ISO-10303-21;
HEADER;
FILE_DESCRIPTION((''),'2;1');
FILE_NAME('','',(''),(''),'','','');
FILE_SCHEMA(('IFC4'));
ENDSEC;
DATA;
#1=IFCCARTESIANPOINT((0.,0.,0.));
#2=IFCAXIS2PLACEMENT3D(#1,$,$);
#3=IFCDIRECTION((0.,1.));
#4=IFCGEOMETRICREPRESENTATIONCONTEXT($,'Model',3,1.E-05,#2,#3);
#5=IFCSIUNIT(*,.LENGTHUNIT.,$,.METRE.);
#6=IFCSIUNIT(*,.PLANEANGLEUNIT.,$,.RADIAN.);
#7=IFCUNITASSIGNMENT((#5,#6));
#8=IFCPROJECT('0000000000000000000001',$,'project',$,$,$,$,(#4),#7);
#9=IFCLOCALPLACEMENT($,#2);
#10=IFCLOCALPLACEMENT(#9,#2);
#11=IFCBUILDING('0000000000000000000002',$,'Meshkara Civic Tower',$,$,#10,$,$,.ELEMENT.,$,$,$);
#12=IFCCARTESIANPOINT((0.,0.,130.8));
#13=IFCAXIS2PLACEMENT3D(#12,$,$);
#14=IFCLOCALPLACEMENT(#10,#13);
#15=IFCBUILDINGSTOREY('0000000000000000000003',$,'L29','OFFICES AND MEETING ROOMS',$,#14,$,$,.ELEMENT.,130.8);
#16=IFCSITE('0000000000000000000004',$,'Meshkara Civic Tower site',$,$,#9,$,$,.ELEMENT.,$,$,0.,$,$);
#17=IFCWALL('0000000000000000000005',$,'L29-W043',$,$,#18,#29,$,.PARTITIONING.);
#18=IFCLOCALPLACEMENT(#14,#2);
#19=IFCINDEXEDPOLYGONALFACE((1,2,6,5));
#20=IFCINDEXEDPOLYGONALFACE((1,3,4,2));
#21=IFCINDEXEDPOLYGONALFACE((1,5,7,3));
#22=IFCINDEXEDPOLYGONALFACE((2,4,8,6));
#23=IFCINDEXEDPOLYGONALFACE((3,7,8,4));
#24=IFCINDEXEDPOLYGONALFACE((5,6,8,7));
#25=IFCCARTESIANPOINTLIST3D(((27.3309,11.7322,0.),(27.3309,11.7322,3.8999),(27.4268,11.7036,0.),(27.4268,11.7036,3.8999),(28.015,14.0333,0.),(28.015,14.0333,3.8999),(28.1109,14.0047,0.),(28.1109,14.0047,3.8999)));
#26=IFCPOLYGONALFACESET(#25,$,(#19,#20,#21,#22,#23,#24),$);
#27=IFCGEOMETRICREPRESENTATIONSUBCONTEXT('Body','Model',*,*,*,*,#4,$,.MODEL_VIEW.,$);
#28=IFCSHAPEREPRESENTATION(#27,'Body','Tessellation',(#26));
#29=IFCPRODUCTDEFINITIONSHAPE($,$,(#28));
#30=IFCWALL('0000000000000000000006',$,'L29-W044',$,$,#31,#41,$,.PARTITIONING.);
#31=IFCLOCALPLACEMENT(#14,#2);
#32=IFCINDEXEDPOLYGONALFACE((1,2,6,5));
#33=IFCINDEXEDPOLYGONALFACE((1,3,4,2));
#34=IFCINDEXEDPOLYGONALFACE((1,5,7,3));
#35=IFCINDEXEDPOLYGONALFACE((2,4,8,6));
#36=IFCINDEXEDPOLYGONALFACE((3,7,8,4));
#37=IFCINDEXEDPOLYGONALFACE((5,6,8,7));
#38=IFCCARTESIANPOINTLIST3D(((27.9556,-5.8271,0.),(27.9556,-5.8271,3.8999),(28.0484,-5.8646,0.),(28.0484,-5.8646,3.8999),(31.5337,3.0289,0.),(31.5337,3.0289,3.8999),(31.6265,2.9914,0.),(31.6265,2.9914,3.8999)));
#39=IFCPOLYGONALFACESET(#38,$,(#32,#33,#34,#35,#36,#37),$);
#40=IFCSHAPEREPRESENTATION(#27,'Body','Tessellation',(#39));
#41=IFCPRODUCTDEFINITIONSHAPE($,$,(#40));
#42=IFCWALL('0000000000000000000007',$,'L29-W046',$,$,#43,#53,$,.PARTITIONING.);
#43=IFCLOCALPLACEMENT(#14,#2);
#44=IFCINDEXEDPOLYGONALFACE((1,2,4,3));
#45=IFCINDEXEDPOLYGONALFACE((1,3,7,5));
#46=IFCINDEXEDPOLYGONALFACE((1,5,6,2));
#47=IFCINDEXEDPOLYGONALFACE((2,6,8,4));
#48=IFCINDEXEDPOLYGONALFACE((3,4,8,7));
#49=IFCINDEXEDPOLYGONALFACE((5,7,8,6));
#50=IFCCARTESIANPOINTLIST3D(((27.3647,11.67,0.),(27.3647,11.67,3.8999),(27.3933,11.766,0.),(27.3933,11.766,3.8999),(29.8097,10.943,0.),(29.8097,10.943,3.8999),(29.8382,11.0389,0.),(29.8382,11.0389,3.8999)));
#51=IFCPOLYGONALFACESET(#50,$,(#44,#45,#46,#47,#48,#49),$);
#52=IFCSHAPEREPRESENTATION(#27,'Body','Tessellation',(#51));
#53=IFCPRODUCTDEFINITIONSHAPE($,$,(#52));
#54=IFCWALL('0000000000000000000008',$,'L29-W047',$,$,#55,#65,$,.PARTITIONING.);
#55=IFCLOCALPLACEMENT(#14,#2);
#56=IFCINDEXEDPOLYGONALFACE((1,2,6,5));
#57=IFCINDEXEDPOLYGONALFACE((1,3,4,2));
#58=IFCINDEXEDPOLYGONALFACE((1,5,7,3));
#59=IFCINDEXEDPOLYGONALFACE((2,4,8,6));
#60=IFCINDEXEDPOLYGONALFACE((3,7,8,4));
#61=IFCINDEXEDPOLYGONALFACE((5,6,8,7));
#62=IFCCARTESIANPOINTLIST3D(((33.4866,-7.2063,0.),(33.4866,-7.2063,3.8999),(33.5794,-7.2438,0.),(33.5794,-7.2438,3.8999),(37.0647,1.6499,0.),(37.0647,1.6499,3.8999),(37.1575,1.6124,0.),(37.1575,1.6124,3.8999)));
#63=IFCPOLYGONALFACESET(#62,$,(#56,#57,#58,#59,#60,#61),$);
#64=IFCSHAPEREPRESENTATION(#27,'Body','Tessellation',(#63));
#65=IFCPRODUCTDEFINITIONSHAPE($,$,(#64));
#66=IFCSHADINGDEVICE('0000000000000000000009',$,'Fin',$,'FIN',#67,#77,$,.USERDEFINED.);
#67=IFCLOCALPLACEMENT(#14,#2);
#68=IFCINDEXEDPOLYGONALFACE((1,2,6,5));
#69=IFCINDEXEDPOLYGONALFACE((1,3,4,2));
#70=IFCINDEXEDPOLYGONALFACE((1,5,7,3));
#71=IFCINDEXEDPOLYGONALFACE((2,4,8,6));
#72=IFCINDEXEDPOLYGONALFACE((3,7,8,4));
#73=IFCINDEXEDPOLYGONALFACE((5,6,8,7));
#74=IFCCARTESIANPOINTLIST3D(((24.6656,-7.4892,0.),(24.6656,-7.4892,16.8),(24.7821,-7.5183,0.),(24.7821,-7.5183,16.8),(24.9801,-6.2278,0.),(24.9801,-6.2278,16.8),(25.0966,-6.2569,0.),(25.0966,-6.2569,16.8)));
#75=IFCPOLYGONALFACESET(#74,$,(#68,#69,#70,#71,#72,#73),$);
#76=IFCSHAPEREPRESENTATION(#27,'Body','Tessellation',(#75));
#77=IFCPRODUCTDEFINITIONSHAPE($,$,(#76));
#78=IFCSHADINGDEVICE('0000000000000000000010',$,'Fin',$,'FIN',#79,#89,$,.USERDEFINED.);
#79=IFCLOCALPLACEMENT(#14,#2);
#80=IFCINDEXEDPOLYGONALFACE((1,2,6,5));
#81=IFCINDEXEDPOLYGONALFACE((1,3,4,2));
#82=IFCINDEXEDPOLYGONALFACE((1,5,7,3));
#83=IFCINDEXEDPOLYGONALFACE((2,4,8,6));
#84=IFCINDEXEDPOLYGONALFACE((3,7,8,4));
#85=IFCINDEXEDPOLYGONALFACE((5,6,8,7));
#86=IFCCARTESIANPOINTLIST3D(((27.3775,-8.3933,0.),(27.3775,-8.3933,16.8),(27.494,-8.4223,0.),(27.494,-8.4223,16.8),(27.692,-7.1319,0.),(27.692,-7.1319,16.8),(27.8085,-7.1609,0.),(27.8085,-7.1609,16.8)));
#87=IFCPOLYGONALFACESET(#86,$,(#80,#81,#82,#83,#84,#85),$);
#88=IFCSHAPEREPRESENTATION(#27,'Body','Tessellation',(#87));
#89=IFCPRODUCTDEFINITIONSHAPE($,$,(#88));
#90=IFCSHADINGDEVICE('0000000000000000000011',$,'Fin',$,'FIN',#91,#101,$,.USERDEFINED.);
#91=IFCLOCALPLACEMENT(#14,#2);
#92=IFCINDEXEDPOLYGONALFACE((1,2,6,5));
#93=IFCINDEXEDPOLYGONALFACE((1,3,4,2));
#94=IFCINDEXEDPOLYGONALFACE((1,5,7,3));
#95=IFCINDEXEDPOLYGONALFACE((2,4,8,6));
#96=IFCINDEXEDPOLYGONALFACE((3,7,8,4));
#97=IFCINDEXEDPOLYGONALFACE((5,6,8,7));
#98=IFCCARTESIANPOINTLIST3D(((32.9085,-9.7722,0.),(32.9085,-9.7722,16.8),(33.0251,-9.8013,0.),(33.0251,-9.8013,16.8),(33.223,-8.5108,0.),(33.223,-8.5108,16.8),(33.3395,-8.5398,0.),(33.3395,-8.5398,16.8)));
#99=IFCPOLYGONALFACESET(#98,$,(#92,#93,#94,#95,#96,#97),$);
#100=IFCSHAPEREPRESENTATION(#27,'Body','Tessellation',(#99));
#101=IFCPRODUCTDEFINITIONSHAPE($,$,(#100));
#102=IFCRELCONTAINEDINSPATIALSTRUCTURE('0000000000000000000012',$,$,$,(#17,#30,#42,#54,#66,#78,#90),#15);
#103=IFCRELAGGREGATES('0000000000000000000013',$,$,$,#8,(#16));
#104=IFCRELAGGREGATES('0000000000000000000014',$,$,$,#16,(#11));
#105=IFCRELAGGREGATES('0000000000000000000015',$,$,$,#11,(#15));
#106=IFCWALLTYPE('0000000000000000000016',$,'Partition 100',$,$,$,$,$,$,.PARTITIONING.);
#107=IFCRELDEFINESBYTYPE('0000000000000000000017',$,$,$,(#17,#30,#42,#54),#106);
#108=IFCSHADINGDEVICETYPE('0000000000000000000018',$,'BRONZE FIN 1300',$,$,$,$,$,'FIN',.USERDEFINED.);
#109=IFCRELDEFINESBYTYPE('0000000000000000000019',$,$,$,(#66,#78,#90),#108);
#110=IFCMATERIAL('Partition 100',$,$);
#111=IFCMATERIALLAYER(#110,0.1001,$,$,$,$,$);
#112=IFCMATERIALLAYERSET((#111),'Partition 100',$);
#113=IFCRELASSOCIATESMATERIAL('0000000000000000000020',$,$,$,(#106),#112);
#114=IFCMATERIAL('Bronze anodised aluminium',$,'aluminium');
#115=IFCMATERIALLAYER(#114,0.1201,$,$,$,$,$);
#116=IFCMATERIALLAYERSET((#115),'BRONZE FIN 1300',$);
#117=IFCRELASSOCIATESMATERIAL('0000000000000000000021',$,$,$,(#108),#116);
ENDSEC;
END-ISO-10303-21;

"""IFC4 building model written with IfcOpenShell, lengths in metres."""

from ifc_helpers import new_model, si_unit, direction, frame, frame_2d, origin, origin_2d, place, context, subcontext, project, spatial, rectangle, extrude, material, layer, layer_set, type_object, element, save


model = new_model("IFC4")

# Units and contexts
model_context = context("Model", 3, precision=1e-05, world=origin(), true_north=direction((0.0, 1.0)))
body_context = subcontext(model_context, "Body", "Model", "MODEL_VIEW")
ifc_project = project(units=[si_unit("LENGTHUNIT", "METRE"), si_unit("PLANEANGLEUNIT", "RADIAN")], contexts=[model_context])

# Site, building, storey
site_placement = place(None, origin())
site = spatial("IfcSite", under=ifc_project, at=site_placement, Name="Meshkara Civic Tower site", CompositionType="ELEMENT", RefElevation=0.0)
building_placement = place(site_placement, origin())
building = spatial("IfcBuilding", under=site, at=building_placement, Name="Meshkara Civic Tower", CompositionType="ELEMENT")
storey_placement = place(building_placement, frame((0.0, 0.0, 130.8)))
storey = spatial("IfcBuildingStorey", under=building, at=storey_placement, Name="L29", Description="OFFICES AND MEETING ROOMS", CompositionType="ELEMENT", Elevation=130.8)

# Walls
ifc_material_1 = material(Name="Partition 100")
ifc_layer_1 = layer(ifc_material_1, 0.1001)
ifc_layer_set_1 = layer_set([ifc_layer_1], Name="Partition 100")
wall_type_1 = type_object("IfcWallType", Name="Partition 100", PredefinedType="PARTITIONING", material=ifc_layer_set_1)
wall_1_placement = place(storey_placement, frame((27.3789, 11.718, 0.0), z_axis=(0.0, 0.0, 1.0), x_axis=(0.284968, 0.958537, 0.0)))
element("IfcWall", 1, at=wall_1_placement, inside=storey, type_object=wall_type_1, Name="L29-W043", PredefinedType="PARTITIONING", context=body_context, shape_type="SweptSolid", body=[
    extrude(rectangle(XDim=2.4006, YDim=0.1001, at=frame_2d((1.2002, 0.0))), origin(), (0.0, 0.0, 1.0), 3.8999),
])
wall_2_placement = place(storey_placement, frame((28.002, -5.8459, 0.0), z_axis=(0.0, 0.0, 1.0), x_axis=(0.374614, 0.927181, 0.0)))
element("IfcWall", 2, at=wall_2_placement, inside=storey, type_object=wall_type_1, Name="L29-W044", PredefinedType="PARTITIONING", context=body_context, shape_type="SweptSolid", body=[
    extrude(rectangle(XDim=9.5515, YDim=0.1001, at=frame_2d((4.7759, 0.0))), origin(), (0.0, 0.0, 1.0), 3.8999),
])
wall_3_placement = place(storey_placement, frame((29.824, 10.991, 0.0), z_axis=(0.0, 0.0, 1.0), x_axis=(-0.958522, 0.28502, 0.0)))
element("IfcWall", 3, at=wall_3_placement, inside=storey, type_object=wall_type_1, Name="L29-W046", PredefinedType="PARTITIONING", context=body_context, shape_type="SweptSolid", body=[
    extrude(rectangle(XDim=2.5508, YDim=0.1001, at=frame_2d((1.2754, 0.0))), origin(), (0.0, 0.0, 1.0), 3.8999),
])
wall_4_placement = place(storey_placement, frame((33.533, -7.2251, 0.0), z_axis=(0.0, 0.0, 1.0), x_axis=(0.374605, 0.927184, 0.0)))
element("IfcWall", 4, at=wall_4_placement, inside=storey, type_object=wall_type_1, Name="L29-W047", PredefinedType="PARTITIONING", context=body_context, shape_type="SweptSolid", body=[
    extrude(rectangle(XDim=9.5518, YDim=0.1001, at=frame_2d((4.7759, 0.0))), origin(), (0.0, 0.0, 1.0), 3.8999),
])

# Shading devices
ifc_material_2 = material(Name="Bronze anodised aluminium", Category="aluminium")
ifc_layer_2 = layer(ifc_material_2, 0.1201)
ifc_layer_set_2 = layer_set([ifc_layer_2], Name="BRONZE FIN 1300")
shading_device_type = type_object("IfcShadingDeviceType", Name="BRONZE FIN 1300", ElementType="FIN", PredefinedType="USERDEFINED", material=ifc_layer_set_2)
for number, where, z_axis, x_axis, name in (
    (5, (24.8811, -6.873, 0.0), (0.0, 0.0, 1.0), (0.9703, -0.241905, 0.0), "Fin"),
    (6, (27.593, -7.7771, 0.0), (0.0, 0.0, 1.0), (0.9703, -0.241905, 0.0), "Fin"),
    (7, (33.124, -9.156, 0.0), (0.0, 0.0, 1.0), (0.9703, -0.241905, 0.0), "Fin"),
):
    element("IfcShadingDevice", number, at=place(storey_placement, frame(where, z_axis=z_axis, x_axis=x_axis)), inside=storey, type_object=shading_device_type, Name=name, ObjectType="FIN", PredefinedType="USERDEFINED", context=body_context, shape_type="SweptSolid", body=[
        extrude(rectangle(XDim=0.1201, YDim=1.3, at=origin_2d()), origin(), (0.0, 0.0, 1.0), 16.8),
    ])

save(model, "model.ifc")
